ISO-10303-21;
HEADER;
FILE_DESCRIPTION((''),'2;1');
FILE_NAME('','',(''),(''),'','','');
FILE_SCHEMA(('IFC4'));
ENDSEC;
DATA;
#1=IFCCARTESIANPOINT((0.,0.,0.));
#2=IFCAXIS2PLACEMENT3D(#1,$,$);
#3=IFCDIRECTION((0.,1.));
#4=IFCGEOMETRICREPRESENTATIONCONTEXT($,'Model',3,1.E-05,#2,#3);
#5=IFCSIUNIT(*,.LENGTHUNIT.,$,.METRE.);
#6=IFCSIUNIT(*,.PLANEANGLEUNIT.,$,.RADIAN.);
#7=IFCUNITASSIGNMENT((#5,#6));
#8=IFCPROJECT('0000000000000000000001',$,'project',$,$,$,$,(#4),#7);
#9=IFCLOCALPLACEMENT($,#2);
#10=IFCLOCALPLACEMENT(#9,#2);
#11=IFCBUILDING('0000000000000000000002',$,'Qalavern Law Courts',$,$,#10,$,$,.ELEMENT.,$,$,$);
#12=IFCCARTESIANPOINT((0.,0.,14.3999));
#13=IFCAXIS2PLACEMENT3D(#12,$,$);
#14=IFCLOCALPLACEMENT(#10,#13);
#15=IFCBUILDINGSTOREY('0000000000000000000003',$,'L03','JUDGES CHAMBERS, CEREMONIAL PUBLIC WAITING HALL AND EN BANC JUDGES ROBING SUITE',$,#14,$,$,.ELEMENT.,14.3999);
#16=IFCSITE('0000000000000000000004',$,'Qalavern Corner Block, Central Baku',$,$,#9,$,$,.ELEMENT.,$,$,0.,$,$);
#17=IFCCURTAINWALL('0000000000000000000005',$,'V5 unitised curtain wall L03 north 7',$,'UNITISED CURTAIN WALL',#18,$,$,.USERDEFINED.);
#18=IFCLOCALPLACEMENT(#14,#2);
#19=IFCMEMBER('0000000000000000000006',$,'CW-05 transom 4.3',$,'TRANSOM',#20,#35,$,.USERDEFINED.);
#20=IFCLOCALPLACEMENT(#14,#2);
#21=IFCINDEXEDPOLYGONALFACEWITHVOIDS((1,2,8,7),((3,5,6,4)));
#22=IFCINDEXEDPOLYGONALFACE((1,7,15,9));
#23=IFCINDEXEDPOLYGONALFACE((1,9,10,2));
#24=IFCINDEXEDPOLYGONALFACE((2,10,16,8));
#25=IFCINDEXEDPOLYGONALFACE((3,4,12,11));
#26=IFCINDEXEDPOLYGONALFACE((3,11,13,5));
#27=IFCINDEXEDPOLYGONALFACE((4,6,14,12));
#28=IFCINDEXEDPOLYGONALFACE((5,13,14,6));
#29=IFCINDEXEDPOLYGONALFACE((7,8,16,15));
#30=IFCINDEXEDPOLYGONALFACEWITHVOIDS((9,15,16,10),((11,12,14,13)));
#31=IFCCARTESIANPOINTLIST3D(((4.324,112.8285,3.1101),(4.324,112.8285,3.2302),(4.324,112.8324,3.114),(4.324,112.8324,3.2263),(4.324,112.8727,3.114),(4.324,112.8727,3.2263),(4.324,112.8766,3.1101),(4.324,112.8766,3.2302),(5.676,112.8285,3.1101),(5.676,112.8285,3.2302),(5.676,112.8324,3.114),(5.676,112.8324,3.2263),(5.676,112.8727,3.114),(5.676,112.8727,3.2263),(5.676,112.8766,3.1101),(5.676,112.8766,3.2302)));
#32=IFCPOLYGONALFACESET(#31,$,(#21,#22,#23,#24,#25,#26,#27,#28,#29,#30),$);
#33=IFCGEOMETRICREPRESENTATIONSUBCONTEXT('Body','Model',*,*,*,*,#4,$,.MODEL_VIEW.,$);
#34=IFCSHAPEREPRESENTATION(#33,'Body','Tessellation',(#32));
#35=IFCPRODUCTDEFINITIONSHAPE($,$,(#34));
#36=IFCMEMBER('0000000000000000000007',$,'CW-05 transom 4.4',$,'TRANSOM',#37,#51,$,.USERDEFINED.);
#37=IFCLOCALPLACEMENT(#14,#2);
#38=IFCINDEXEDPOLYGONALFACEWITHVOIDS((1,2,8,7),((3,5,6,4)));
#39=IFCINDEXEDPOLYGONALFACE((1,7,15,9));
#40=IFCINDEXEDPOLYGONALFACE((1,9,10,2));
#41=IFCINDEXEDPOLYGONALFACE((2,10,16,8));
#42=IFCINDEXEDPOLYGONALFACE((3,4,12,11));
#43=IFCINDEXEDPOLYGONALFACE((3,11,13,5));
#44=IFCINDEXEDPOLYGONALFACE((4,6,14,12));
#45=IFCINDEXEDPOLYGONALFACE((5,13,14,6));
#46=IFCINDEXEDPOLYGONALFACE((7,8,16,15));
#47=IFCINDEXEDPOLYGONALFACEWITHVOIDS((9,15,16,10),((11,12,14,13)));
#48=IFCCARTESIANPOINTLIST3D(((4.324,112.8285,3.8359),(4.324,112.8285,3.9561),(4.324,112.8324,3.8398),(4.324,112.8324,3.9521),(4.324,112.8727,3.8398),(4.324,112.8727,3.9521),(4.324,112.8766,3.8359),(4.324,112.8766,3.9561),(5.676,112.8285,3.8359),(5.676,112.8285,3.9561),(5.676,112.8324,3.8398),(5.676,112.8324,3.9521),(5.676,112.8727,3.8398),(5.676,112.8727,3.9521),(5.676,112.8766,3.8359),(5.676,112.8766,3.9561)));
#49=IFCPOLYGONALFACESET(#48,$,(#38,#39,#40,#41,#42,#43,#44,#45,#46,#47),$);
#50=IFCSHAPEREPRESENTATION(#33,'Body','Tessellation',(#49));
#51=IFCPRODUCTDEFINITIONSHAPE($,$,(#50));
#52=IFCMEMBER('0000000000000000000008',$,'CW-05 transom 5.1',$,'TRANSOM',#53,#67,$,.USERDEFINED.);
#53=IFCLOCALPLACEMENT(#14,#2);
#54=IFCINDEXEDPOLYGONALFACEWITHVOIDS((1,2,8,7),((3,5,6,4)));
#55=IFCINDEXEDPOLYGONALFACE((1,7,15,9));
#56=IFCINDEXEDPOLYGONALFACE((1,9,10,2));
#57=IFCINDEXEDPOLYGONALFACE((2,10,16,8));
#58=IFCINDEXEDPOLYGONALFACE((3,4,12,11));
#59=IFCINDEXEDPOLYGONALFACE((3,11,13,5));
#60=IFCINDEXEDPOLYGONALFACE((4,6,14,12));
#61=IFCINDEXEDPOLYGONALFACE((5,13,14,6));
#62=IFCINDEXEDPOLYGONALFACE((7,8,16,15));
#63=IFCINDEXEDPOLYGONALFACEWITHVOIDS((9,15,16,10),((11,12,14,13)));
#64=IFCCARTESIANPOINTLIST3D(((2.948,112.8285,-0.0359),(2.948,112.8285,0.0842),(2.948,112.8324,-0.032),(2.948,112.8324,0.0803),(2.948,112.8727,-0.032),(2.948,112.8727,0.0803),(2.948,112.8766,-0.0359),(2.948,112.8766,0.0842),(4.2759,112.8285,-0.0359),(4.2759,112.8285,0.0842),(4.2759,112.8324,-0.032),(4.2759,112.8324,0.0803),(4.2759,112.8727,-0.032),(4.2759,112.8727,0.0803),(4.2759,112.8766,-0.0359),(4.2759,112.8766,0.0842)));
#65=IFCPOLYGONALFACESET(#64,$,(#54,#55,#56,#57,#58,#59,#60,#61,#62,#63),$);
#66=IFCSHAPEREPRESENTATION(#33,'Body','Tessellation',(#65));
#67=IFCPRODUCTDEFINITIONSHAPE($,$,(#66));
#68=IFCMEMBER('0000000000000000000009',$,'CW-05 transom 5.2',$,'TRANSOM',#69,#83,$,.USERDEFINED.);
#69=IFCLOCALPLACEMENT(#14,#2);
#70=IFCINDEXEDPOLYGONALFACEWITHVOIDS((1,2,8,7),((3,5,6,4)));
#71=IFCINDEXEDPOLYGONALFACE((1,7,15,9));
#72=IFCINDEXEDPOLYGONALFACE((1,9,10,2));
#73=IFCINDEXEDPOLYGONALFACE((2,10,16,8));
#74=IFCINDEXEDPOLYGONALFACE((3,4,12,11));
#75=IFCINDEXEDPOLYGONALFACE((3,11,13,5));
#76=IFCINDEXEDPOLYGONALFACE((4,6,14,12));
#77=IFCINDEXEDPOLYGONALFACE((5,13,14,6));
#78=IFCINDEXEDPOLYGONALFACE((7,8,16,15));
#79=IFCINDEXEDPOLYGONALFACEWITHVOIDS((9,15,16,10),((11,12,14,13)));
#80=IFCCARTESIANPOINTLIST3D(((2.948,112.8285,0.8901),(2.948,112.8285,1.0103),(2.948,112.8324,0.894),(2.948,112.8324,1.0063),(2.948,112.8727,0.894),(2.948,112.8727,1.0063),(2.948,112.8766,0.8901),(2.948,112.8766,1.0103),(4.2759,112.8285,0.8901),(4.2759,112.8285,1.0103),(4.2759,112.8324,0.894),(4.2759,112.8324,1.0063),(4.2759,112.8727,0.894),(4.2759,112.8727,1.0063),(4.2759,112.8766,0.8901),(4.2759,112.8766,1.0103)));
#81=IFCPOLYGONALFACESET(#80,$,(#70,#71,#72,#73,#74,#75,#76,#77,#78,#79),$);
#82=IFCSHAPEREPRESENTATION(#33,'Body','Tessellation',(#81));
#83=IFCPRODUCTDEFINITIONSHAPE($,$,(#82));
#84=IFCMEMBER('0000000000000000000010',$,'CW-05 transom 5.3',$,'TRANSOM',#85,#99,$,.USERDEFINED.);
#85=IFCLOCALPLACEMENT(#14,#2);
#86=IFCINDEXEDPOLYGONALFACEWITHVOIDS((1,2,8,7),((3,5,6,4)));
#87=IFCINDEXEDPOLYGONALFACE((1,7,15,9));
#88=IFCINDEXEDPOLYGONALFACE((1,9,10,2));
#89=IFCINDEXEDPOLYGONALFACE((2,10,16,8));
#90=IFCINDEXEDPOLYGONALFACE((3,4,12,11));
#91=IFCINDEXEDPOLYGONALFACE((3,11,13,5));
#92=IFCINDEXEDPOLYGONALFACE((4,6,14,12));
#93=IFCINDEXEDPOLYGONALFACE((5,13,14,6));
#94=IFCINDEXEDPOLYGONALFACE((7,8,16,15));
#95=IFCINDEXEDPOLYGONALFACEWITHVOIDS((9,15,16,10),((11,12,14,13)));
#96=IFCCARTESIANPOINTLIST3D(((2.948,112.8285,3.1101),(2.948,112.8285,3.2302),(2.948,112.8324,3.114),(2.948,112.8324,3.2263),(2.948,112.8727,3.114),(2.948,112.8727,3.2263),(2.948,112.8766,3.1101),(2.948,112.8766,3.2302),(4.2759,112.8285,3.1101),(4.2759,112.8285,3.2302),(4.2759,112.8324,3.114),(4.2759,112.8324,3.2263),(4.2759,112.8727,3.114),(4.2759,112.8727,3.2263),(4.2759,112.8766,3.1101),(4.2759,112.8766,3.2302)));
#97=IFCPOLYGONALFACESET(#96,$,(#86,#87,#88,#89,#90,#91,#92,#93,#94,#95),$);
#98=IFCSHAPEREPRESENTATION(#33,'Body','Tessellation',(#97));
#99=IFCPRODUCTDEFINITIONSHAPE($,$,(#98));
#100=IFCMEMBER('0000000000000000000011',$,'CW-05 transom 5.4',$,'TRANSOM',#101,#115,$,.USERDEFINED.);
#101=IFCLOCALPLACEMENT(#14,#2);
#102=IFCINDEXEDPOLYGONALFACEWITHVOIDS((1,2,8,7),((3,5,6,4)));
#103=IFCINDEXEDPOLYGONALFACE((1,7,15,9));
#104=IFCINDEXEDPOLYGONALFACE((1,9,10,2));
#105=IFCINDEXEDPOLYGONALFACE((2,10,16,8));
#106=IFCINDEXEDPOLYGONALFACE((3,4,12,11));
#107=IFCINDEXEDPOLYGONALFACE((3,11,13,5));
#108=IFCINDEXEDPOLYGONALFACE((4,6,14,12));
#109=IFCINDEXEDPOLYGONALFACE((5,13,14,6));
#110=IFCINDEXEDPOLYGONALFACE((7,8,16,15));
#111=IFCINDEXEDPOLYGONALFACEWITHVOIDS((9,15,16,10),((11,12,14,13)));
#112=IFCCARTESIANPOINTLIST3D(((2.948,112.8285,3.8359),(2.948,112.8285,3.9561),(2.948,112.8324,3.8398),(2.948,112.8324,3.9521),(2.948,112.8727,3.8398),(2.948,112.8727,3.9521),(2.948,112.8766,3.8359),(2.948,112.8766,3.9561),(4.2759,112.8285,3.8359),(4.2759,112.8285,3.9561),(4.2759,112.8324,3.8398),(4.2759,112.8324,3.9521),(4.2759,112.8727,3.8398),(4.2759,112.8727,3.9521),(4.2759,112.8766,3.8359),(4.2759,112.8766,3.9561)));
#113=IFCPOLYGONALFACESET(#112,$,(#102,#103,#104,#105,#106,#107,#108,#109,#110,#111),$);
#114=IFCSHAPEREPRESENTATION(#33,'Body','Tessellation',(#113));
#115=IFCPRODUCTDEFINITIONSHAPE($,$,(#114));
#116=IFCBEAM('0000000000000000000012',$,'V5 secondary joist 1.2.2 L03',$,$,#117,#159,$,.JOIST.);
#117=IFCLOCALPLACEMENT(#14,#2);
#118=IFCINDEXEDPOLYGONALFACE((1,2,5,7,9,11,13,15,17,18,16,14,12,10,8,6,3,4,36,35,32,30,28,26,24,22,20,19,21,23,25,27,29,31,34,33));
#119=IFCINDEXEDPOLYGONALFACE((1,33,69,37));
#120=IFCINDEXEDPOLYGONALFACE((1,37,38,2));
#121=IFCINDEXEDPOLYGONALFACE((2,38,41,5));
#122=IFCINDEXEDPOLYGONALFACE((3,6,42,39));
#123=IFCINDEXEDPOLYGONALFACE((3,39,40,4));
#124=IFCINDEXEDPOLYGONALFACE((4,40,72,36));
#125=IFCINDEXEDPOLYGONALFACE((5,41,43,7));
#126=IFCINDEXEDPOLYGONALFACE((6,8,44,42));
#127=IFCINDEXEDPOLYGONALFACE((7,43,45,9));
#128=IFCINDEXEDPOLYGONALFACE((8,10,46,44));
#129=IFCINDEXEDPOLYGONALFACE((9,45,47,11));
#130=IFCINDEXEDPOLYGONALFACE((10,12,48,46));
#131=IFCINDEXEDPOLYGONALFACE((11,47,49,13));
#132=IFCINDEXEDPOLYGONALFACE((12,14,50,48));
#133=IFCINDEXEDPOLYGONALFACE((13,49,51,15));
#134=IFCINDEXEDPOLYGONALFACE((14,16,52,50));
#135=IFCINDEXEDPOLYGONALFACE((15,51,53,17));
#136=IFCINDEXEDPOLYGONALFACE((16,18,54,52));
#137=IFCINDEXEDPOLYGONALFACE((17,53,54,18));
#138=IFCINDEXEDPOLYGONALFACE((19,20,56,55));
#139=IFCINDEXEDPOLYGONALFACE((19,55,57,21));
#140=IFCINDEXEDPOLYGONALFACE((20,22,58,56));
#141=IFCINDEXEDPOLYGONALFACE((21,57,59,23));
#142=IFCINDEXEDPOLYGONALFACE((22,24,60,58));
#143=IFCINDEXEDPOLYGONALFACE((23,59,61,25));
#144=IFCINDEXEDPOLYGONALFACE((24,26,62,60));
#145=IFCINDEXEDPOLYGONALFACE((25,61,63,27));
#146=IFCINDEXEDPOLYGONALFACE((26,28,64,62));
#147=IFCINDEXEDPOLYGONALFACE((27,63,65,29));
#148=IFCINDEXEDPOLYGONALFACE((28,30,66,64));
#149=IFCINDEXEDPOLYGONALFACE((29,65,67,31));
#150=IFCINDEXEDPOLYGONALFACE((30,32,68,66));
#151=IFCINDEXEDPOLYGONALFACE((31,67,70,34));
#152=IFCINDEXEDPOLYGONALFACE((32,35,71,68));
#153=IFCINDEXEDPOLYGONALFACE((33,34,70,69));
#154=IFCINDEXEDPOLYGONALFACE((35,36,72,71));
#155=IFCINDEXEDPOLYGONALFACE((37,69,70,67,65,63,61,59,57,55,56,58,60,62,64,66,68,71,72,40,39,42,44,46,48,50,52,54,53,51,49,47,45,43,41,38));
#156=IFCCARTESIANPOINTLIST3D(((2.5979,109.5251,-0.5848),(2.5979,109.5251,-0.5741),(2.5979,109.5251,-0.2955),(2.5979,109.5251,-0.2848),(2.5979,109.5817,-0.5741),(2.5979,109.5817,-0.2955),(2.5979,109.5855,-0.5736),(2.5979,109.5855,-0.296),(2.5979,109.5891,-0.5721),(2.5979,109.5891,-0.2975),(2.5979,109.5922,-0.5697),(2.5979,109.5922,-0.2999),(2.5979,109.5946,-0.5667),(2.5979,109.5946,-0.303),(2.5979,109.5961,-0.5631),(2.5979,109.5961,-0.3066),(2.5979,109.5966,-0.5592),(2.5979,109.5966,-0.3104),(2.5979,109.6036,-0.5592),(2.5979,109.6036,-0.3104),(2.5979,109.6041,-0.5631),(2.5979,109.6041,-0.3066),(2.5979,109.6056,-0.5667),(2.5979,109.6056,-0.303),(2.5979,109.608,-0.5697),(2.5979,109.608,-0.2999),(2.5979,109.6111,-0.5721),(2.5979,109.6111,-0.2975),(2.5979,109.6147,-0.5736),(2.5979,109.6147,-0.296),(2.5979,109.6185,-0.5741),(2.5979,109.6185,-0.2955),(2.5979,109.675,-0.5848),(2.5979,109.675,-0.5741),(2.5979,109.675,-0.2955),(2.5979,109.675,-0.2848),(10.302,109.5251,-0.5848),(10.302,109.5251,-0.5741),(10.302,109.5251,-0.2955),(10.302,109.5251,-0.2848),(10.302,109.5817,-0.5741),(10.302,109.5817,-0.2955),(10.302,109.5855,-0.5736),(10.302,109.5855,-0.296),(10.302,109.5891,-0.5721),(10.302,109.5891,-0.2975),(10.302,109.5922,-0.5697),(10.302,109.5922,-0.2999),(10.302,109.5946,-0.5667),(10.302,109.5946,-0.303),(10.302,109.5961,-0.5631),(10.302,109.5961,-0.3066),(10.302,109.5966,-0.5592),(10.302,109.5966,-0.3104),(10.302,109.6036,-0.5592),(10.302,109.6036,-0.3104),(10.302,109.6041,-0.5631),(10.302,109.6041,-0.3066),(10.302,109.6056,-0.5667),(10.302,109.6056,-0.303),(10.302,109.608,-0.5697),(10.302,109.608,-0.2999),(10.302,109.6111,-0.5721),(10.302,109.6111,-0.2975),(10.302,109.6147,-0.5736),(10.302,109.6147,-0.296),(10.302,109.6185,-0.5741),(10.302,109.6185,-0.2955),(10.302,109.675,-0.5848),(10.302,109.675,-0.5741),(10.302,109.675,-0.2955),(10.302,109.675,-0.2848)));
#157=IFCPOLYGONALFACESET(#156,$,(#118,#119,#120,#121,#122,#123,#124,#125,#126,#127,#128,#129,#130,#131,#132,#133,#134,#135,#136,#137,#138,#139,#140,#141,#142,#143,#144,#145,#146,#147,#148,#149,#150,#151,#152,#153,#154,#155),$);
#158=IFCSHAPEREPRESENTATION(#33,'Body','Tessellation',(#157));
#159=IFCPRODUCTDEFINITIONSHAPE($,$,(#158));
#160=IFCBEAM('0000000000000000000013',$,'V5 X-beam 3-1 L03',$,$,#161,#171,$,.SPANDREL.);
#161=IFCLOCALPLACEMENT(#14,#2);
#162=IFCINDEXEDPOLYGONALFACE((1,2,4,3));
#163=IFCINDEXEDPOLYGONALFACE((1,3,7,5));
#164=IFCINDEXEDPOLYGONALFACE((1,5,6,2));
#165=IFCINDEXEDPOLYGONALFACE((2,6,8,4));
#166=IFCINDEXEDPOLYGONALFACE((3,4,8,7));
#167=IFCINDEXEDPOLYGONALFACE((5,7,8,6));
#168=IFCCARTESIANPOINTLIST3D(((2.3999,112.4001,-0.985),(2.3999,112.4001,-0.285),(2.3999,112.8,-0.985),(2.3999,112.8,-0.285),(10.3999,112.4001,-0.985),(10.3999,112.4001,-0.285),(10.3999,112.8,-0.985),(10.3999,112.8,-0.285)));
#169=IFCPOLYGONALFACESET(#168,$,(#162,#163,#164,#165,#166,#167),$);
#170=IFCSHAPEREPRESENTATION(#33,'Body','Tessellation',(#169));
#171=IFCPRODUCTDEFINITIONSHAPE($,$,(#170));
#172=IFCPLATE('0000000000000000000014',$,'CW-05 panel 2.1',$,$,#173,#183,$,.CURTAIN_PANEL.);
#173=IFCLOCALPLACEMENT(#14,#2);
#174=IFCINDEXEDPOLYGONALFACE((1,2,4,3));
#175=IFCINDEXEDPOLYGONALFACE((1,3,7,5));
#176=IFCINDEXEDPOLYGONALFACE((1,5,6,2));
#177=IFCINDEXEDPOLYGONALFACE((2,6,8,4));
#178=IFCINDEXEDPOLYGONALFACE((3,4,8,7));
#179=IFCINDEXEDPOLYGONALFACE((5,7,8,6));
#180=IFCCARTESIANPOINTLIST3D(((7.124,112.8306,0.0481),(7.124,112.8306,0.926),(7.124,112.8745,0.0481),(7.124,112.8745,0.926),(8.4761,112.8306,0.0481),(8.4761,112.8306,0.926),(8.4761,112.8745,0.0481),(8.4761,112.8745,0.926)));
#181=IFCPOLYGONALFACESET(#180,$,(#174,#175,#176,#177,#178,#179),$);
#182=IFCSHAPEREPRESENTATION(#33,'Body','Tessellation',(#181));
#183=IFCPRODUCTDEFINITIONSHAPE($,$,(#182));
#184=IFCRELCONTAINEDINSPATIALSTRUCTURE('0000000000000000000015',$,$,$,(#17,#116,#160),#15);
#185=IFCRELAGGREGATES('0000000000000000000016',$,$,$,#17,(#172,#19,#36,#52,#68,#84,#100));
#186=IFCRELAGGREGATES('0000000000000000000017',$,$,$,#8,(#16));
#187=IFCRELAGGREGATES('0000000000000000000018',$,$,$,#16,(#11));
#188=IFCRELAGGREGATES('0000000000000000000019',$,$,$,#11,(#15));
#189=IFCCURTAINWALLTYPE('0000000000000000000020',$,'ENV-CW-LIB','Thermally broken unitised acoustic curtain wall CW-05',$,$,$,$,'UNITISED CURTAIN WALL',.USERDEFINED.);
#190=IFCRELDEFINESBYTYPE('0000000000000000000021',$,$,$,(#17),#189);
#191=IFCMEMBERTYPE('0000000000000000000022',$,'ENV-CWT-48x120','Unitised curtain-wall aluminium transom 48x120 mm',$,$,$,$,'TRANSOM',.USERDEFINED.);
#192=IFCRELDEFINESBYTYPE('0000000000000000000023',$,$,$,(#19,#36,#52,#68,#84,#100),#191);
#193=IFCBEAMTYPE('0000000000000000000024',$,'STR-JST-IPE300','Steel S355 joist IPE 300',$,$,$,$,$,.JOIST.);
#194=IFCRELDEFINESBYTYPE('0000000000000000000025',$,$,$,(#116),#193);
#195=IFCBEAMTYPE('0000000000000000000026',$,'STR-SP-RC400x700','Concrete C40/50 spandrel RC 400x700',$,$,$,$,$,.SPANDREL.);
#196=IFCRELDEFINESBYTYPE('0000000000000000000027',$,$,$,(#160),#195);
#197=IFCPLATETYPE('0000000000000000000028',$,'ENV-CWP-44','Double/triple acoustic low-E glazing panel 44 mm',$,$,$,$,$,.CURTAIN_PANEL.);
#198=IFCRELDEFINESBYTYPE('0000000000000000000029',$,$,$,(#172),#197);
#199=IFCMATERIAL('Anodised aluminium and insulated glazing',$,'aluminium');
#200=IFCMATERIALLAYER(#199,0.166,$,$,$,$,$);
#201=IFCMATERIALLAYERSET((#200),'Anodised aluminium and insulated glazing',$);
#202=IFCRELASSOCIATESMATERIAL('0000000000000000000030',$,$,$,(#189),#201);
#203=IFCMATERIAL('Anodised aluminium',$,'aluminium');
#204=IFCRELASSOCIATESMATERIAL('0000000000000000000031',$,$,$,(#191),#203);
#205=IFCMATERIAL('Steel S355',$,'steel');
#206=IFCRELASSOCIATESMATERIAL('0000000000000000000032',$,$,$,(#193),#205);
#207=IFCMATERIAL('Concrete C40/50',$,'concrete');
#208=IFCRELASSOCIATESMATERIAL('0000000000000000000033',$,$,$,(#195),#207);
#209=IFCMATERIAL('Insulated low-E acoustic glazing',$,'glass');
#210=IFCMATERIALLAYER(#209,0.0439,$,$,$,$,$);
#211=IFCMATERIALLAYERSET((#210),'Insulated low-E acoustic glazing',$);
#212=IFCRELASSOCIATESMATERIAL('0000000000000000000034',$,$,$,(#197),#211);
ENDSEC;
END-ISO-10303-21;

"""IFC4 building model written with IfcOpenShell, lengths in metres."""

from ifc_helpers import new_model, si_unit, direction, frame, origin, origin_2d, place, context, subcontext, project, spatial, rectangle, hollow_rectangle, i_section, extrude, material, layer, layer_set, material_profile, profile_set, type_object, element, aggregate, save


model = new_model("IFC4")

# Units and contexts
model_context = context("Model", 3, precision=1e-05, world=origin(), true_north=direction((0.0, 1.0)))
body_context = subcontext(model_context, "Body", "Model", "MODEL_VIEW")
ifc_project = project(units=[si_unit("LENGTHUNIT", "METRE"), si_unit("PLANEANGLEUNIT", "RADIAN")], contexts=[model_context])

# Site, building, storey
site_placement = place(None, origin())
site = spatial("IfcSite", under=ifc_project, at=site_placement, Name="Qalavern Corner Block, Central Baku", CompositionType="ELEMENT", RefElevation=0.0)
building_placement = place(site_placement, origin())
building = spatial("IfcBuilding", under=site, at=building_placement, Name="Qalavern Law Courts", CompositionType="ELEMENT")
storey_placement = place(building_placement, frame((0.0, 0.0, 14.3999)))
storey = spatial("IfcBuildingStorey", under=building, at=storey_placement, Name="L03", Description="JUDGES CHAMBERS, CEREMONIAL PUBLIC WAITING HALL AND EN BANC JUDGES ROBING SUITE", CompositionType="ELEMENT", Elevation=14.3999)

# Curtain wall, members
ifc_material_1 = material(Name="Anodised aluminium and insulated glazing", Category="aluminium")
ifc_layer_1 = layer(ifc_material_1, 0.166)
ifc_layer_set_1 = layer_set([ifc_layer_1], Name="Anodised aluminium and insulated glazing")
curtain_wall_type = type_object("IfcCurtainWallType", Name="ENV-CW-LIB", Description="Thermally broken unitised acoustic curtain wall CW-05", ElementType="UNITISED CURTAIN WALL", PredefinedType="USERDEFINED", material=ifc_layer_set_1)
curtain_wall_placement = place(storey_placement, origin())
curtain_wall = element("IfcCurtainWall", 1, at=curtain_wall_placement, inside=storey, type_object=curtain_wall_type, Name="V5 unitised curtain wall L03 north 7", ObjectType="UNITISED CURTAIN WALL", PredefinedType="USERDEFINED")
ifc_material_2 = material(Name="Anodised aluminium", Category="aluminium")
ifc_material_profile_1 = material_profile(ifc_material_2, hollow_rectangle(XDim=0.0481, YDim=0.1201, WallThickness=0.0039, at=origin_2d()), Name="ALU TRANSOM 48x120")
ifc_profile_set_1 = profile_set([ifc_material_profile_1], Name="Anodised aluminium")
member_type_1 = type_object("IfcMemberType", Name="ENV-CWT-48x120", Description="Unitised curtain-wall aluminium transom 48x120 mm", ElementType="TRANSOM", PredefinedType="USERDEFINED", material=ifc_profile_set_1)
member_1_placement = place(storey_placement, frame((5.676, 112.8525, 3.1702), z_axis=(-1.0, 0.0, 0.0), x_axis=(0.0, -1.0, 0.0)))
member_1 = element("IfcMember", 2, at=member_1_placement, type_object=member_type_1, Name="CW-05 transom 4.3", ObjectType="TRANSOM", PredefinedType="USERDEFINED", context=body_context, shape_type="SweptSolid", body=[
    extrude(hollow_rectangle(XDim=0.0481, YDim=0.1201, WallThickness=0.0039, at=origin_2d()), origin(), (0.0, 0.0, 1.0), 1.3521),
])
member_2_placement = place(storey_placement, frame((5.676, 112.8525, 3.896), z_axis=(-1.0, 0.0, 0.0), x_axis=(0.0, -1.0, 0.0)))
member_2 = element("IfcMember", 3, at=member_2_placement, type_object=member_type_1, Name="CW-05 transom 4.4", ObjectType="TRANSOM", PredefinedType="USERDEFINED", context=body_context, shape_type="SweptSolid", body=[
    extrude(hollow_rectangle(XDim=0.0481, YDim=0.1201, WallThickness=0.0039, at=origin_2d()), origin(), (0.0, 0.0, 1.0), 1.3521),
])
member_3_placement = place(storey_placement, frame((4.2759, 112.8525, 0.0242), z_axis=(-1.0, 0.0, 0.0), x_axis=(0.0, -1.0, 0.0)))
member_3 = element("IfcMember", 4, at=member_3_placement, type_object=member_type_1, Name="CW-05 transom 5.1", ObjectType="TRANSOM", PredefinedType="USERDEFINED", context=body_context, shape_type="SweptSolid", body=[
    extrude(hollow_rectangle(XDim=0.0481, YDim=0.1201, WallThickness=0.0039, at=origin_2d()), origin(), (0.0, 0.0, 1.0), 1.3279),
])
member_4_placement = place(storey_placement, frame((4.2759, 112.8525, 0.9502), z_axis=(-1.0, 0.0, 0.0), x_axis=(0.0, -1.0, 0.0)))
member_4 = element("IfcMember", 5, at=member_4_placement, type_object=member_type_1, Name="CW-05 transom 5.2", ObjectType="TRANSOM", PredefinedType="USERDEFINED", context=body_context, shape_type="SweptSolid", body=[
    extrude(hollow_rectangle(XDim=0.0481, YDim=0.1201, WallThickness=0.0039, at=origin_2d()), origin(), (0.0, 0.0, 1.0), 1.3279),
])
member_5_placement = place(storey_placement, frame((4.2759, 112.8525, 3.1702), z_axis=(-1.0, 0.0, 0.0), x_axis=(0.0, -1.0, 0.0)))
member_5 = element("IfcMember", 6, at=member_5_placement, type_object=member_type_1, Name="CW-05 transom 5.3", ObjectType="TRANSOM", PredefinedType="USERDEFINED", context=body_context, shape_type="SweptSolid", body=[
    extrude(hollow_rectangle(XDim=0.0481, YDim=0.1201, WallThickness=0.0039, at=origin_2d()), origin(), (0.0, 0.0, 1.0), 1.3279),
])
member_6_placement = place(storey_placement, frame((4.2759, 112.8525, 3.896), z_axis=(-1.0, 0.0, 0.0), x_axis=(0.0, -1.0, 0.0)))
member_6 = element("IfcMember", 7, at=member_6_placement, type_object=member_type_1, Name="CW-05 transom 5.4", ObjectType="TRANSOM", PredefinedType="USERDEFINED", context=body_context, shape_type="SweptSolid", body=[
    extrude(hollow_rectangle(XDim=0.0481, YDim=0.1201, WallThickness=0.0039, at=origin_2d()), origin(), (0.0, 0.0, 1.0), 1.3279),
])

# Beams
ifc_material_3 = material(Name="Steel S355", Category="steel")
ifc_material_profile_2 = material_profile(ifc_material_3, i_section(OverallWidth=0.1499, OverallDepth=0.3, WebThickness=0.0071, FlangeThickness=0.0107, FilletRadius=0.0149, at=origin_2d()), Name="IPE 300")
ifc_profile_set_2 = profile_set([ifc_material_profile_2], Name="Steel S355")
beam_type_1 = type_object("IfcBeamType", Name="STR-JST-IPE300", Description="Steel S355 joist IPE 300", PredefinedType="JOIST", material=ifc_profile_set_2)
beam_1_placement = place(storey_placement, frame((2.5979, 109.6001, -0.4348), z_axis=(1.0, 0.0, 0.0), x_axis=(0.0, 1.0, 0.0)))
element("IfcBeam", 8, at=beam_1_placement, inside=storey, type_object=beam_type_1, Name="V5 secondary joist 1.2.2 L03", PredefinedType="JOIST", context=body_context, shape_type="SweptSolid", body=[
    extrude(i_section(OverallWidth=0.1499, OverallDepth=0.3, WebThickness=0.0071, FlangeThickness=0.0107, FilletRadius=0.0149, at=origin_2d()), origin(), (0.0, 0.0, 1.0), 7.7041),
])
ifc_material_4 = material(Name="Concrete C40/50", Category="concrete")
ifc_material_profile_3 = material_profile(ifc_material_4, rectangle(XDim=0.3999, YDim=0.7, at=origin_2d()), Name="RC 400x700")
ifc_profile_set_3 = profile_set([ifc_material_profile_3], Name="Concrete C40/50")
beam_type_2 = type_object("IfcBeamType", Name="STR-SP-RC400x700", Description="Concrete C40/50 spandrel RC 400x700", PredefinedType="SPANDREL", material=ifc_profile_set_3)
beam_2_placement = place(storey_placement, frame((2.3999, 112.6001, -0.635), z_axis=(1.0, 0.0, 0.0), x_axis=(0.0, 1.0, 0.0)))
element("IfcBeam", 9, at=beam_2_placement, inside=storey, type_object=beam_type_2, Name="V5 X-beam 3-1 L03", PredefinedType="SPANDREL", context=body_context, shape_type="SweptSolid", body=[
    extrude(rectangle(XDim=0.3999, YDim=0.7, at=origin_2d()), origin(), (0.0, 0.0, 1.0), 8.0),
])

# Plate
ifc_material_5 = material(Name="Insulated low-E acoustic glazing", Category="glass")
ifc_layer_2 = layer(ifc_material_5, 0.0439)
ifc_layer_set_2 = layer_set([ifc_layer_2], Name="Insulated low-E acoustic glazing")
plate_type = type_object("IfcPlateType", Name="ENV-CWP-44", Description="Double/triple acoustic low-E glazing panel 44 mm", PredefinedType="CURTAIN_PANEL", material=ifc_layer_set_2)
plate_1_placement = place(storey_placement, frame((7.8, 112.8525, 0.0481), z_axis=(0.0, 0.0, 1.0), x_axis=(-1.0, 0.0, 0.0)))
plate_1 = element("IfcPlate", 10, at=plate_1_placement, type_object=plate_type, Name="CW-05 panel 2.1", PredefinedType="CURTAIN_PANEL", context=body_context, shape_type="SweptSolid", body=[
    extrude(rectangle(XDim=1.3521, YDim=0.0439, at=origin_2d()), origin(), (0.0, 0.0, 1.0), 0.8779),
])
aggregate(curtain_wall, [plate_1, member_1, member_2, member_3, member_4, member_5, member_6])

save(model, "model.ifc")
